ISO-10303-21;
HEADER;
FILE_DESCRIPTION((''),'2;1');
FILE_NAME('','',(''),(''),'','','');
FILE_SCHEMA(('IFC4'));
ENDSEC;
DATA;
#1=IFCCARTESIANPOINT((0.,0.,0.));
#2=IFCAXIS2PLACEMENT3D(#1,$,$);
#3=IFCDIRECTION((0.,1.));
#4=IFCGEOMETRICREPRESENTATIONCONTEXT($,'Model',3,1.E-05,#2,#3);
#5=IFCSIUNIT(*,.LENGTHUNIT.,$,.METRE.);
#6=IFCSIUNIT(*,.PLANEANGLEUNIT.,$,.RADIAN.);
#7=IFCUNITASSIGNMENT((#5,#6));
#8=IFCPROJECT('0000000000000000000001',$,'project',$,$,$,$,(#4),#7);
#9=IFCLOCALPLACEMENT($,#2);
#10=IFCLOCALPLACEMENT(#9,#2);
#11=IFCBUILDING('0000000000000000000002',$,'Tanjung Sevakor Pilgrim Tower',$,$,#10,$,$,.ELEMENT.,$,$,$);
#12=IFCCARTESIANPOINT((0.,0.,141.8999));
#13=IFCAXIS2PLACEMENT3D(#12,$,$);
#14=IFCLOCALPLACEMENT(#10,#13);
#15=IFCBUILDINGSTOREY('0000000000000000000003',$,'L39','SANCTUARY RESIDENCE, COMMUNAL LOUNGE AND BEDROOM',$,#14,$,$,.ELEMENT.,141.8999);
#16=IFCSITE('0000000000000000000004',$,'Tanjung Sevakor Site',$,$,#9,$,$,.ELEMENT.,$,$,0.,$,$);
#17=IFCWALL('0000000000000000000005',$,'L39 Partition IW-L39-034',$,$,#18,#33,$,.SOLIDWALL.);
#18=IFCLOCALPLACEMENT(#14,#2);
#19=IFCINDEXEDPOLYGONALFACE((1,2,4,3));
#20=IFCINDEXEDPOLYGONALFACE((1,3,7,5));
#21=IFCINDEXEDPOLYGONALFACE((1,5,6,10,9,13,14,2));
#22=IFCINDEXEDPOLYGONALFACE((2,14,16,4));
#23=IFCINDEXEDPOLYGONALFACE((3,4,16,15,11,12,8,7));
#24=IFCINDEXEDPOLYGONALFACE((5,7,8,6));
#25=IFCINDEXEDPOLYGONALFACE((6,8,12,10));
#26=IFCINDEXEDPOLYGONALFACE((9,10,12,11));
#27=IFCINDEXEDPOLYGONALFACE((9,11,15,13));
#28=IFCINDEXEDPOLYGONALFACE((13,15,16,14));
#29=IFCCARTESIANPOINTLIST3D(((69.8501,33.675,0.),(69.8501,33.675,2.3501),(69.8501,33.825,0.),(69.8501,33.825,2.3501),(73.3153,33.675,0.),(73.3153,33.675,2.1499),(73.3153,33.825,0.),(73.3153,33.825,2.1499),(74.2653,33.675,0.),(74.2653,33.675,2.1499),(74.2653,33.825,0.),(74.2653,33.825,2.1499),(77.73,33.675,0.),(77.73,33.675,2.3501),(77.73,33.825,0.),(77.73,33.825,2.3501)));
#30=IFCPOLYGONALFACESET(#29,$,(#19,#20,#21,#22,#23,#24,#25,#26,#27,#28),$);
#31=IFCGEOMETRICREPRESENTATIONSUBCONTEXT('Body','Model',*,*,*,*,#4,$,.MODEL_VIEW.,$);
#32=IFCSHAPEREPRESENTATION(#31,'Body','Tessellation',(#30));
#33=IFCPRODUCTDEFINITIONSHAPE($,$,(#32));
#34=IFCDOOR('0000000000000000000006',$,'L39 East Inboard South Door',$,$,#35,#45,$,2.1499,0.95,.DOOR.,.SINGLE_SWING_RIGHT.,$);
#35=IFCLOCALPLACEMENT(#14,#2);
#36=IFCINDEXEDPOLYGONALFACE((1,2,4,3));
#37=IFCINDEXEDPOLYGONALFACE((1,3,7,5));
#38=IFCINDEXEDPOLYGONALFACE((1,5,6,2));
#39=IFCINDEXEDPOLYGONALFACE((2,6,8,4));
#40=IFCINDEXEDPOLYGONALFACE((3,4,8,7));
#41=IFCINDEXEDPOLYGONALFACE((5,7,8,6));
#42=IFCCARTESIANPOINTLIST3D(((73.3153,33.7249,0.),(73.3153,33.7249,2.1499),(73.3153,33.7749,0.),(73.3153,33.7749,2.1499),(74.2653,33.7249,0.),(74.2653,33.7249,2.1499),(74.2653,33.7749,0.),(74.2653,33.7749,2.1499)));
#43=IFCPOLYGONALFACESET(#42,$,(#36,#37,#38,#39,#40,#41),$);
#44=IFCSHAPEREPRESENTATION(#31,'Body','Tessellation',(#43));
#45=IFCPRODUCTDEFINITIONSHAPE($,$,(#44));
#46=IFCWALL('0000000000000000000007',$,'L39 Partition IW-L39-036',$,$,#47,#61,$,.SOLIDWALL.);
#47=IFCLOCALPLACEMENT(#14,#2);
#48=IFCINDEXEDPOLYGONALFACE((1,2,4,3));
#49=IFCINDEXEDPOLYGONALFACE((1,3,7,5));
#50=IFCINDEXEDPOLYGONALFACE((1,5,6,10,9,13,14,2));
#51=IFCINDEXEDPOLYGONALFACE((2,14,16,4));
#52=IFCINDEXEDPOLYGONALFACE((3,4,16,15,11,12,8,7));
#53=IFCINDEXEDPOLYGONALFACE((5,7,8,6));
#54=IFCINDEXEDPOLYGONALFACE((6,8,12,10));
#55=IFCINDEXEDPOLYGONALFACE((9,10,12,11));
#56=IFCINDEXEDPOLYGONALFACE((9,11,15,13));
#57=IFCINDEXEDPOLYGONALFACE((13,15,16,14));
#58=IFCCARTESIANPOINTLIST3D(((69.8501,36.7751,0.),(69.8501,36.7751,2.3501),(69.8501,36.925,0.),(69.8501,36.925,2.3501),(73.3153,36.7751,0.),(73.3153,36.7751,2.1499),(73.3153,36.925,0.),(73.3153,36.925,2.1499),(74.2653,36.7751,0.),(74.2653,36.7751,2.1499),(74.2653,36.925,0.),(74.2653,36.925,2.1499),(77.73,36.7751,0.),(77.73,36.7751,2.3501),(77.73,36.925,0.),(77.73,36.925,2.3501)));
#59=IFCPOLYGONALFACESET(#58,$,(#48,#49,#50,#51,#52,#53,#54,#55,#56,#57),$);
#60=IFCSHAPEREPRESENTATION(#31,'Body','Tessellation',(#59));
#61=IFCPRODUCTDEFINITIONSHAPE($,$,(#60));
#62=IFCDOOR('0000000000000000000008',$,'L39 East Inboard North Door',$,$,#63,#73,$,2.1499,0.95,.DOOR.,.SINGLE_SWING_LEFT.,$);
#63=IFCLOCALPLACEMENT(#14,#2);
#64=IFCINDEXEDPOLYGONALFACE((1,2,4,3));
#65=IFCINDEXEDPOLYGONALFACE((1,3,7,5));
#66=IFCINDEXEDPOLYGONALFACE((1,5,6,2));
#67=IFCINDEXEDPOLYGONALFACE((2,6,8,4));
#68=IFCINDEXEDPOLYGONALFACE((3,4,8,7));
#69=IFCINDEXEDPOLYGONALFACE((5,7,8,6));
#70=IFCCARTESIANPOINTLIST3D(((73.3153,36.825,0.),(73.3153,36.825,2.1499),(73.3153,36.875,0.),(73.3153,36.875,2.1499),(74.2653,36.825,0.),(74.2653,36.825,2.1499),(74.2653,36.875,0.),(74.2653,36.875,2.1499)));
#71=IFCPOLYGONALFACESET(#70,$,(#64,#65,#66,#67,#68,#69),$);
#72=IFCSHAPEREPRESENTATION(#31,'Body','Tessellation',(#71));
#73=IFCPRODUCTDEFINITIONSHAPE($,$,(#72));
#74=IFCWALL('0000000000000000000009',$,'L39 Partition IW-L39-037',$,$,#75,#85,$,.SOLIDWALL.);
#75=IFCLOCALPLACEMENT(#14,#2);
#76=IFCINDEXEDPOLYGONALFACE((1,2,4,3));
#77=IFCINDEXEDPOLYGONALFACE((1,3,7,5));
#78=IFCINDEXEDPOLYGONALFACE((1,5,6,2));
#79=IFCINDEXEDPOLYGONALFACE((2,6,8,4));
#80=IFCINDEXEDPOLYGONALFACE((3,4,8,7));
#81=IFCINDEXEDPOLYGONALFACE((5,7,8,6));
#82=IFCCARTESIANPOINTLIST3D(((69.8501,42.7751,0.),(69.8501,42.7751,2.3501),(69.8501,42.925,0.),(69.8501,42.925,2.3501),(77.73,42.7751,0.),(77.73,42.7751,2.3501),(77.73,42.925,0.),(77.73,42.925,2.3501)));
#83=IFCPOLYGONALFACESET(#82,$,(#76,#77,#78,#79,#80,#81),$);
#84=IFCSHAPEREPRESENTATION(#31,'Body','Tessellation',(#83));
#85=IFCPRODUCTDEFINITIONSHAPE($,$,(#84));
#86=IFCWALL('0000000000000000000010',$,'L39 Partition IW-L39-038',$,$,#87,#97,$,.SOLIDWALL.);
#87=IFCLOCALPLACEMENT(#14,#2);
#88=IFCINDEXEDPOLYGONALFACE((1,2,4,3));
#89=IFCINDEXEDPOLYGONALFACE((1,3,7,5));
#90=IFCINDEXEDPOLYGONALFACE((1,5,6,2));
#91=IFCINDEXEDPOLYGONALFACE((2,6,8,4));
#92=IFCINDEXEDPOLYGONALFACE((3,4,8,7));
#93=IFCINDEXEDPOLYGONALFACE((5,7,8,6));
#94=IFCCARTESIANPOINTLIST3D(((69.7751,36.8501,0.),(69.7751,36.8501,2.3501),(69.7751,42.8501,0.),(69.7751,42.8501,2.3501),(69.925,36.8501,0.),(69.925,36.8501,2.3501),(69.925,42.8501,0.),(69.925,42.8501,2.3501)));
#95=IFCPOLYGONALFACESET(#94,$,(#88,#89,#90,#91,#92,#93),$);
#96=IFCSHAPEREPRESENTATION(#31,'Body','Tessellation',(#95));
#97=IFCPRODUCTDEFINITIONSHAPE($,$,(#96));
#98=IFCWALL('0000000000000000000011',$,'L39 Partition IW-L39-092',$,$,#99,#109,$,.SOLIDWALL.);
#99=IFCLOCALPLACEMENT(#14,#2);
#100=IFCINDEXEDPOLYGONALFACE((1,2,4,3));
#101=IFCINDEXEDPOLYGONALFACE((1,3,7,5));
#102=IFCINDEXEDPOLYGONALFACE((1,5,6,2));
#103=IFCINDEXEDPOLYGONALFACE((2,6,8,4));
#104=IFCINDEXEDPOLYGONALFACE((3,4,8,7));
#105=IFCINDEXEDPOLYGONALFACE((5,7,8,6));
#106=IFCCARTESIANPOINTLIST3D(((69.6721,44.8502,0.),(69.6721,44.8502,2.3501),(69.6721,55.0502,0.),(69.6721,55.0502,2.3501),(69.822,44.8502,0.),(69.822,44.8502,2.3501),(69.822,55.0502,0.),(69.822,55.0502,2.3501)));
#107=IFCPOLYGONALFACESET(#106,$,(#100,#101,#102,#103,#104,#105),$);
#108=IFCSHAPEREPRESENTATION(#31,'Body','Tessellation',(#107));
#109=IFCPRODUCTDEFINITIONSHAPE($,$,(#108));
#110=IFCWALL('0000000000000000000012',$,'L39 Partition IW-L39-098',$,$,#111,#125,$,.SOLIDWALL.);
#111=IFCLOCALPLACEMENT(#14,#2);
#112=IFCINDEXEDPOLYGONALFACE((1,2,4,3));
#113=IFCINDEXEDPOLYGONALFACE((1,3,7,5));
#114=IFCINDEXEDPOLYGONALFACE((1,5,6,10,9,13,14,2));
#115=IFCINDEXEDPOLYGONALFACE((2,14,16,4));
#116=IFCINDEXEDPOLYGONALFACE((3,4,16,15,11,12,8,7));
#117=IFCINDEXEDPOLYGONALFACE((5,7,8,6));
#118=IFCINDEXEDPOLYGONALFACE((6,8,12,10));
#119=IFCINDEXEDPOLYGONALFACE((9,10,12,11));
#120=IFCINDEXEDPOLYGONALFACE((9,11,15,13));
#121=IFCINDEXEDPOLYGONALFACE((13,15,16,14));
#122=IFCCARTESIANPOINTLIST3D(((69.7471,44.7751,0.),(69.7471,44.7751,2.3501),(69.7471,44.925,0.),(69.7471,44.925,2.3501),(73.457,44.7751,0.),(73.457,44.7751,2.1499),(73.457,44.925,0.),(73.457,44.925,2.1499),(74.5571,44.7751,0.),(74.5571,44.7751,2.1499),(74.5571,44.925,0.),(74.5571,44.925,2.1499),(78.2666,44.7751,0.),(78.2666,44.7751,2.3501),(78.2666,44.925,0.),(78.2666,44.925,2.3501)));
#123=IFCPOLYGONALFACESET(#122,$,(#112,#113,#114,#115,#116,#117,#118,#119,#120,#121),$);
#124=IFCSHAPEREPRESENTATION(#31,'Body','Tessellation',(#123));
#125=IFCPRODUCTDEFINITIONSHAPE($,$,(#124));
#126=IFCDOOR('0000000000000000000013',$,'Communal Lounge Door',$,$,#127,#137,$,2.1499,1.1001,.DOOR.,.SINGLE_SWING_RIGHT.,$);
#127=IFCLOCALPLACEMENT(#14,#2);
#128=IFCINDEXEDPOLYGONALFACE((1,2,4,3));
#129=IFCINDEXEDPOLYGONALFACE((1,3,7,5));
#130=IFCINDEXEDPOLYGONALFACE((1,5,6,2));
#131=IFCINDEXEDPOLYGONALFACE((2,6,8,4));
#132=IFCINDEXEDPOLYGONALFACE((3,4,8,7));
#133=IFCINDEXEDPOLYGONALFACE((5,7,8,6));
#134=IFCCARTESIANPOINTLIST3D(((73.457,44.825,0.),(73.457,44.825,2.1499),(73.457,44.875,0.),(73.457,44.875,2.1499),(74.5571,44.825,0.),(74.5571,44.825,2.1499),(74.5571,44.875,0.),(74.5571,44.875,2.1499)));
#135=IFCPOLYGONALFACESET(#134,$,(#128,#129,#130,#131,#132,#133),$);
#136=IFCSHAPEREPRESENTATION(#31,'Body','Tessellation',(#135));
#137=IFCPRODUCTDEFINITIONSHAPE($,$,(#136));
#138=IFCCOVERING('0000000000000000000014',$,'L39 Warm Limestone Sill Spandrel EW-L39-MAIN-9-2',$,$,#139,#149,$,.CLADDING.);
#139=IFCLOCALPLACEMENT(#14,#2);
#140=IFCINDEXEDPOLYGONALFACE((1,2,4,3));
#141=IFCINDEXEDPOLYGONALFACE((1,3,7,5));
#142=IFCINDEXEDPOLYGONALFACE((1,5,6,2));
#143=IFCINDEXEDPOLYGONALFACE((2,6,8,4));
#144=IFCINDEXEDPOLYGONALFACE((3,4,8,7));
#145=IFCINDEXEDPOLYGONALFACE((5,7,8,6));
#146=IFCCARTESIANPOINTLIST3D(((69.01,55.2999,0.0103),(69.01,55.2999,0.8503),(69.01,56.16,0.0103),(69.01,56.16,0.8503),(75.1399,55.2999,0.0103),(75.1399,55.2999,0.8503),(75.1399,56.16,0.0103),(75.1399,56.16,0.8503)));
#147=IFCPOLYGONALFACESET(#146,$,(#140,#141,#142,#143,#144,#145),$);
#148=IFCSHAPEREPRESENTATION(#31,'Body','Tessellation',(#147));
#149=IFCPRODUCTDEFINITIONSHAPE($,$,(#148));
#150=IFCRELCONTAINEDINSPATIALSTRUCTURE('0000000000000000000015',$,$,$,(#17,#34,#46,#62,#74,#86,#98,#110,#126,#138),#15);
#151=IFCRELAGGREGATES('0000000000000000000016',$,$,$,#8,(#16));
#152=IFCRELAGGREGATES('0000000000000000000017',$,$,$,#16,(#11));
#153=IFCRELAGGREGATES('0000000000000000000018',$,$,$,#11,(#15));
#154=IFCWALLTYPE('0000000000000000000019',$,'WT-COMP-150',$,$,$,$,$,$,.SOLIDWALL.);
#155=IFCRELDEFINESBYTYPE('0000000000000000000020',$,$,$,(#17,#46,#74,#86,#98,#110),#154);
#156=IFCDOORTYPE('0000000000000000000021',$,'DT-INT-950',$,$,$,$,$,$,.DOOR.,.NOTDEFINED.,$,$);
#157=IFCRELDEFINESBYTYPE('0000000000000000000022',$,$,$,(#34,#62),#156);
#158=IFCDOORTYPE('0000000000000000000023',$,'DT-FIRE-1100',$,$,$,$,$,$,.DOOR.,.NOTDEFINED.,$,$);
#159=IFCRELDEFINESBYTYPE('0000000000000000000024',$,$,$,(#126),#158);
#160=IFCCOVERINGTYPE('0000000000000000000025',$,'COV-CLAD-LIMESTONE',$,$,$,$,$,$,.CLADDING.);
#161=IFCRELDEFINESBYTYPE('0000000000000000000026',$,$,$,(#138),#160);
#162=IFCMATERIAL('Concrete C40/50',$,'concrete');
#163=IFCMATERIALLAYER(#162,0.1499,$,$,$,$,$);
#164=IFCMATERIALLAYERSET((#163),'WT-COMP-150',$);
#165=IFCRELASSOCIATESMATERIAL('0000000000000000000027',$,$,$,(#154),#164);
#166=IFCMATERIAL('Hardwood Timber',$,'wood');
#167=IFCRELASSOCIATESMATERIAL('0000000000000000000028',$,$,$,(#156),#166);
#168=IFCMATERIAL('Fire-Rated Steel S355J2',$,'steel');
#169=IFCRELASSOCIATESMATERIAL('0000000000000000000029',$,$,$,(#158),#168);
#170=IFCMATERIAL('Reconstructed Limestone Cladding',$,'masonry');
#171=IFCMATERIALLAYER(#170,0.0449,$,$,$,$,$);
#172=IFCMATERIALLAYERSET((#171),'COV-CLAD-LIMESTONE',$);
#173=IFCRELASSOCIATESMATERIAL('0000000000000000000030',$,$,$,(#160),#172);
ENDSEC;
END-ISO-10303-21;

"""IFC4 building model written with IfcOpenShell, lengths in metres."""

from ifc_helpers import new_model, si_unit, direction, frame, frame_2d, origin, origin_2d, place, context, subcontext, project, spatial, rectangle, extrude, material, layer, layer_set, type_object, element, fill, save


model = new_model("IFC4")

# Units and contexts
model_context = context("Model", 3, precision=1e-05, world=origin(), true_north=direction((0.0, 1.0)))
body_context = subcontext(model_context, "Body", "Model", "MODEL_VIEW")
ifc_project = project(units=[si_unit("LENGTHUNIT", "METRE"), si_unit("PLANEANGLEUNIT", "RADIAN")], contexts=[model_context])

# Site, building, storey
site_placement = place(None, origin())
site = spatial("IfcSite", under=ifc_project, at=site_placement, Name="Tanjung Sevakor Site", CompositionType="ELEMENT", RefElevation=0.0)
building_placement = place(site_placement, origin())
building = spatial("IfcBuilding", under=site, at=building_placement, Name="Tanjung Sevakor Pilgrim Tower", CompositionType="ELEMENT")
storey_placement = place(building_placement, frame((0.0, 0.0, 141.8999)))
storey = spatial("IfcBuildingStorey", under=building, at=storey_placement, Name="L39", Description="SANCTUARY RESIDENCE, COMMUNAL LOUNGE AND BEDROOM", CompositionType="ELEMENT", Elevation=141.8999)

# Walls, openings, doors
ifc_material_1 = material(Name="Concrete C40/50", Category="concrete")
ifc_layer_1 = layer(ifc_material_1, 0.1499)
ifc_layer_set_1 = layer_set([ifc_layer_1], Name="WT-COMP-150")
wall_type_1 = type_object("IfcWallType", Name="WT-COMP-150", PredefinedType="SOLIDWALL", material=ifc_layer_set_1)
wall_1_placement = place(storey_placement, frame((69.8501, 33.75, 0.0), z_axis=(0.0, 0.0, 1.0), x_axis=(1.0, 0.0, 0.0)))
wall_1 = element("IfcWall", 1, at=wall_1_placement, inside=storey, type_object=wall_type_1, Name="L39 Partition IW-L39-034", PredefinedType="SOLIDWALL", context=body_context, shape_type="SweptSolid", body=[
    extrude(rectangle(XDim=7.8799, YDim=0.1499, at=frame_2d((3.9399, 0.0))), origin(), (0.0, 0.0, 1.0), 2.3501),
])
opening_1_placement = place(wall_1_placement, frame((3.4651, 0.0, 0.0)))
opening_1 = element("IfcOpeningElement", 2, at=opening_1_placement, cuts=wall_1, PredefinedType="OPENING", context=body_context, shape_type="SweptSolid", body=[
    extrude(rectangle(XDim=0.95, YDim=2.1499, at=frame_2d((0.4751, 1.075))), frame((0.0, 0.085, 0.0), z_axis=(0.0, -1.0, 0.0), x_axis=(1.0, 0.0, 0.0)), (0.0, 0.0, 1.0), 0.1699),
])
ifc_material_2 = material(Name="Hardwood Timber", Category="wood")
door_type_1 = type_object("IfcDoorType", Name="DT-INT-950", OperationType="NOTDEFINED", PredefinedType="DOOR", material=ifc_material_2)
door_1_placement = place(opening_1_placement, origin())
door_1 = element("IfcDoor", 3, at=door_1_placement, inside=storey, type_object=door_type_1, Name="L39 East Inboard South Door", OperationType="SINGLE_SWING_RIGHT", OverallHeight=2.1499, OverallWidth=0.95, PredefinedType="DOOR", context=body_context, shape_type="SweptSolid", body=[
    extrude(rectangle(XDim=0.95, YDim=2.1499, at=frame_2d((0.4751, 1.075))), frame((0.0, 0.0249, 0.0), z_axis=(0.0, -1.0, 0.0), x_axis=(1.0, 0.0, 0.0)), (0.0, 0.0, 1.0), 0.05),
])
fill(opening_1, door_1)
wall_2_placement = place(storey_placement, frame((69.8501, 36.8501, 0.0), z_axis=(0.0, 0.0, 1.0), x_axis=(1.0, 0.0, 0.0)))
wall_2 = element("IfcWall", 4, at=wall_2_placement, inside=storey, type_object=wall_type_1, Name="L39 Partition IW-L39-036", PredefinedType="SOLIDWALL", context=body_context, shape_type="SweptSolid", body=[
    extrude(rectangle(XDim=7.8799, YDim=0.1499, at=frame_2d((3.9399, 0.0))), origin(), (0.0, 0.0, 1.0), 2.3501),
])
opening_2_placement = place(wall_2_placement, frame((3.4651, 0.0, 0.0)))
opening_2 = element("IfcOpeningElement", 5, at=opening_2_placement, cuts=wall_2, PredefinedType="OPENING", context=body_context, shape_type="SweptSolid", body=[
    extrude(rectangle(XDim=0.95, YDim=2.1499, at=frame_2d((0.4751, 1.075))), frame((0.0, 0.085, 0.0), z_axis=(0.0, -1.0, 0.0), x_axis=(1.0, 0.0, 0.0)), (0.0, 0.0, 1.0), 0.1699),
])
door_2_placement = place(opening_2_placement, origin())
door_2 = element("IfcDoor", 6, at=door_2_placement, inside=storey, type_object=door_type_1, Name="L39 East Inboard North Door", OperationType="SINGLE_SWING_LEFT", OverallHeight=2.1499, OverallWidth=0.95, PredefinedType="DOOR", context=body_context, shape_type="SweptSolid", body=[
    extrude(rectangle(XDim=0.95, YDim=2.1499, at=frame_2d((0.4751, 1.075))), frame((0.0, 0.0249, 0.0), z_axis=(0.0, -1.0, 0.0), x_axis=(1.0, 0.0, 0.0)), (0.0, 0.0, 1.0), 0.05),
])
fill(opening_2, door_2)

# Walls
wall_3_placement = place(storey_placement, frame((69.8501, 42.8501, 0.0), z_axis=(0.0, 0.0, 1.0), x_axis=(1.0, 0.0, 0.0)))
element("IfcWall", 7, at=wall_3_placement, inside=storey, type_object=wall_type_1, Name="L39 Partition IW-L39-037", PredefinedType="SOLIDWALL", context=body_context, shape_type="SweptSolid", body=[
    extrude(rectangle(XDim=7.8799, YDim=0.1499, at=frame_2d((3.9399, 0.0))), origin(), (0.0, 0.0, 1.0), 2.3501),
])
wall_4_placement = place(storey_placement, frame((69.8501, 36.8501, 0.0), z_axis=(0.0, 0.0, 1.0), x_axis=(0.0, 1.0, 0.0)))
element("IfcWall", 8, at=wall_4_placement, inside=storey, type_object=wall_type_1, Name="L39 Partition IW-L39-038", PredefinedType="SOLIDWALL", context=body_context, shape_type="SweptSolid", body=[
    extrude(rectangle(XDim=6.0, YDim=0.1499, at=frame_2d((3.0, 0.0))), origin(), (0.0, 0.0, 1.0), 2.3501),
])
wall_5_placement = place(storey_placement, frame((69.7471, 44.8501, 0.0), z_axis=(0.0, 0.0, 1.0), x_axis=(0.0, 1.0, 0.0)))
element("IfcWall", 9, at=wall_5_placement, inside=storey, type_object=wall_type_1, Name="L39 Partition IW-L39-092", PredefinedType="SOLIDWALL", context=body_context, shape_type="SweptSolid", body=[
    extrude(rectangle(XDim=10.2, YDim=0.1499, at=frame_2d((5.1001, 0.0))), origin(), (0.0, 0.0, 1.0), 2.3501),
])

# Wall, opening, door
wall_6_placement = place(storey_placement, frame((69.7471, 44.8501, 0.0), z_axis=(0.0, 0.0, 1.0), x_axis=(1.0, 0.0, 0.0)))
wall_6 = element("IfcWall", 10, at=wall_6_placement, inside=storey, type_object=wall_type_1, Name="L39 Partition IW-L39-098", PredefinedType="SOLIDWALL", context=body_context, shape_type="SweptSolid", body=[
    extrude(rectangle(XDim=8.5195, YDim=0.1499, at=frame_2d((4.2598, 0.0))), origin(), (0.0, 0.0, 1.0), 2.3501),
])
opening_3_placement = place(wall_6_placement, frame((3.71, 0.0, 0.0)))
opening_3 = element("IfcOpeningElement", 11, at=opening_3_placement, cuts=wall_6, PredefinedType="OPENING", context=body_context, shape_type="SweptSolid", body=[
    extrude(rectangle(XDim=1.1001, YDim=2.1499, at=frame_2d((0.55, 1.075))), frame((0.0, 0.085, 0.0), z_axis=(0.0, -1.0, 0.0), x_axis=(1.0, 0.0, 0.0)), (0.0, 0.0, 1.0), 0.1699),
])
ifc_material_3 = material(Name="Fire-Rated Steel S355J2", Category="steel")
door_type_2 = type_object("IfcDoorType", Name="DT-FIRE-1100", OperationType="NOTDEFINED", PredefinedType="DOOR", material=ifc_material_3)
door_3_placement = place(opening_3_placement, origin())
door_3 = element("IfcDoor", 12, at=door_3_placement, inside=storey, type_object=door_type_2, Name="Communal Lounge Door", OperationType="SINGLE_SWING_RIGHT", OverallHeight=2.1499, OverallWidth=1.1001, PredefinedType="DOOR", context=body_context, shape_type="SweptSolid", body=[
    extrude(rectangle(XDim=1.1001, YDim=2.1499, at=frame_2d((0.55, 1.075))), frame((0.0, 0.0249, 0.0), z_axis=(0.0, -1.0, 0.0), x_axis=(1.0, 0.0, 0.0)), (0.0, 0.0, 1.0), 0.05),
])
fill(opening_3, door_3)

# Covering
ifc_material_4 = material(Name="Reconstructed Limestone Cladding", Category="masonry")
ifc_layer_2 = layer(ifc_material_4, 0.0449)
ifc_layer_set_2 = layer_set([ifc_layer_2], Name="COV-CLAD-LIMESTONE")
covering_type = type_object("IfcCoveringType", Name="COV-CLAD-LIMESTONE", PredefinedType="CLADDING", material=ifc_layer_set_2)
covering_placement = place(storey_placement, frame((72.075, 55.73, 0.0103), z_axis=(0.0, 0.0, 1.0), x_axis=(-1.0, 0.0, 0.0)))
element("IfcCovering", 13, at=covering_placement, inside=storey, type_object=covering_type, Name="L39 Warm Limestone Sill Spandrel EW-L39-MAIN-9-2", PredefinedType="CLADDING", context=body_context, shape_type="SweptSolid", body=[
    extrude(rectangle(XDim=6.1299, YDim=0.8601, at=origin_2d()), origin(), (0.0, 0.0, 1.0), 0.8401),
])

save(model, "model.ifc")
